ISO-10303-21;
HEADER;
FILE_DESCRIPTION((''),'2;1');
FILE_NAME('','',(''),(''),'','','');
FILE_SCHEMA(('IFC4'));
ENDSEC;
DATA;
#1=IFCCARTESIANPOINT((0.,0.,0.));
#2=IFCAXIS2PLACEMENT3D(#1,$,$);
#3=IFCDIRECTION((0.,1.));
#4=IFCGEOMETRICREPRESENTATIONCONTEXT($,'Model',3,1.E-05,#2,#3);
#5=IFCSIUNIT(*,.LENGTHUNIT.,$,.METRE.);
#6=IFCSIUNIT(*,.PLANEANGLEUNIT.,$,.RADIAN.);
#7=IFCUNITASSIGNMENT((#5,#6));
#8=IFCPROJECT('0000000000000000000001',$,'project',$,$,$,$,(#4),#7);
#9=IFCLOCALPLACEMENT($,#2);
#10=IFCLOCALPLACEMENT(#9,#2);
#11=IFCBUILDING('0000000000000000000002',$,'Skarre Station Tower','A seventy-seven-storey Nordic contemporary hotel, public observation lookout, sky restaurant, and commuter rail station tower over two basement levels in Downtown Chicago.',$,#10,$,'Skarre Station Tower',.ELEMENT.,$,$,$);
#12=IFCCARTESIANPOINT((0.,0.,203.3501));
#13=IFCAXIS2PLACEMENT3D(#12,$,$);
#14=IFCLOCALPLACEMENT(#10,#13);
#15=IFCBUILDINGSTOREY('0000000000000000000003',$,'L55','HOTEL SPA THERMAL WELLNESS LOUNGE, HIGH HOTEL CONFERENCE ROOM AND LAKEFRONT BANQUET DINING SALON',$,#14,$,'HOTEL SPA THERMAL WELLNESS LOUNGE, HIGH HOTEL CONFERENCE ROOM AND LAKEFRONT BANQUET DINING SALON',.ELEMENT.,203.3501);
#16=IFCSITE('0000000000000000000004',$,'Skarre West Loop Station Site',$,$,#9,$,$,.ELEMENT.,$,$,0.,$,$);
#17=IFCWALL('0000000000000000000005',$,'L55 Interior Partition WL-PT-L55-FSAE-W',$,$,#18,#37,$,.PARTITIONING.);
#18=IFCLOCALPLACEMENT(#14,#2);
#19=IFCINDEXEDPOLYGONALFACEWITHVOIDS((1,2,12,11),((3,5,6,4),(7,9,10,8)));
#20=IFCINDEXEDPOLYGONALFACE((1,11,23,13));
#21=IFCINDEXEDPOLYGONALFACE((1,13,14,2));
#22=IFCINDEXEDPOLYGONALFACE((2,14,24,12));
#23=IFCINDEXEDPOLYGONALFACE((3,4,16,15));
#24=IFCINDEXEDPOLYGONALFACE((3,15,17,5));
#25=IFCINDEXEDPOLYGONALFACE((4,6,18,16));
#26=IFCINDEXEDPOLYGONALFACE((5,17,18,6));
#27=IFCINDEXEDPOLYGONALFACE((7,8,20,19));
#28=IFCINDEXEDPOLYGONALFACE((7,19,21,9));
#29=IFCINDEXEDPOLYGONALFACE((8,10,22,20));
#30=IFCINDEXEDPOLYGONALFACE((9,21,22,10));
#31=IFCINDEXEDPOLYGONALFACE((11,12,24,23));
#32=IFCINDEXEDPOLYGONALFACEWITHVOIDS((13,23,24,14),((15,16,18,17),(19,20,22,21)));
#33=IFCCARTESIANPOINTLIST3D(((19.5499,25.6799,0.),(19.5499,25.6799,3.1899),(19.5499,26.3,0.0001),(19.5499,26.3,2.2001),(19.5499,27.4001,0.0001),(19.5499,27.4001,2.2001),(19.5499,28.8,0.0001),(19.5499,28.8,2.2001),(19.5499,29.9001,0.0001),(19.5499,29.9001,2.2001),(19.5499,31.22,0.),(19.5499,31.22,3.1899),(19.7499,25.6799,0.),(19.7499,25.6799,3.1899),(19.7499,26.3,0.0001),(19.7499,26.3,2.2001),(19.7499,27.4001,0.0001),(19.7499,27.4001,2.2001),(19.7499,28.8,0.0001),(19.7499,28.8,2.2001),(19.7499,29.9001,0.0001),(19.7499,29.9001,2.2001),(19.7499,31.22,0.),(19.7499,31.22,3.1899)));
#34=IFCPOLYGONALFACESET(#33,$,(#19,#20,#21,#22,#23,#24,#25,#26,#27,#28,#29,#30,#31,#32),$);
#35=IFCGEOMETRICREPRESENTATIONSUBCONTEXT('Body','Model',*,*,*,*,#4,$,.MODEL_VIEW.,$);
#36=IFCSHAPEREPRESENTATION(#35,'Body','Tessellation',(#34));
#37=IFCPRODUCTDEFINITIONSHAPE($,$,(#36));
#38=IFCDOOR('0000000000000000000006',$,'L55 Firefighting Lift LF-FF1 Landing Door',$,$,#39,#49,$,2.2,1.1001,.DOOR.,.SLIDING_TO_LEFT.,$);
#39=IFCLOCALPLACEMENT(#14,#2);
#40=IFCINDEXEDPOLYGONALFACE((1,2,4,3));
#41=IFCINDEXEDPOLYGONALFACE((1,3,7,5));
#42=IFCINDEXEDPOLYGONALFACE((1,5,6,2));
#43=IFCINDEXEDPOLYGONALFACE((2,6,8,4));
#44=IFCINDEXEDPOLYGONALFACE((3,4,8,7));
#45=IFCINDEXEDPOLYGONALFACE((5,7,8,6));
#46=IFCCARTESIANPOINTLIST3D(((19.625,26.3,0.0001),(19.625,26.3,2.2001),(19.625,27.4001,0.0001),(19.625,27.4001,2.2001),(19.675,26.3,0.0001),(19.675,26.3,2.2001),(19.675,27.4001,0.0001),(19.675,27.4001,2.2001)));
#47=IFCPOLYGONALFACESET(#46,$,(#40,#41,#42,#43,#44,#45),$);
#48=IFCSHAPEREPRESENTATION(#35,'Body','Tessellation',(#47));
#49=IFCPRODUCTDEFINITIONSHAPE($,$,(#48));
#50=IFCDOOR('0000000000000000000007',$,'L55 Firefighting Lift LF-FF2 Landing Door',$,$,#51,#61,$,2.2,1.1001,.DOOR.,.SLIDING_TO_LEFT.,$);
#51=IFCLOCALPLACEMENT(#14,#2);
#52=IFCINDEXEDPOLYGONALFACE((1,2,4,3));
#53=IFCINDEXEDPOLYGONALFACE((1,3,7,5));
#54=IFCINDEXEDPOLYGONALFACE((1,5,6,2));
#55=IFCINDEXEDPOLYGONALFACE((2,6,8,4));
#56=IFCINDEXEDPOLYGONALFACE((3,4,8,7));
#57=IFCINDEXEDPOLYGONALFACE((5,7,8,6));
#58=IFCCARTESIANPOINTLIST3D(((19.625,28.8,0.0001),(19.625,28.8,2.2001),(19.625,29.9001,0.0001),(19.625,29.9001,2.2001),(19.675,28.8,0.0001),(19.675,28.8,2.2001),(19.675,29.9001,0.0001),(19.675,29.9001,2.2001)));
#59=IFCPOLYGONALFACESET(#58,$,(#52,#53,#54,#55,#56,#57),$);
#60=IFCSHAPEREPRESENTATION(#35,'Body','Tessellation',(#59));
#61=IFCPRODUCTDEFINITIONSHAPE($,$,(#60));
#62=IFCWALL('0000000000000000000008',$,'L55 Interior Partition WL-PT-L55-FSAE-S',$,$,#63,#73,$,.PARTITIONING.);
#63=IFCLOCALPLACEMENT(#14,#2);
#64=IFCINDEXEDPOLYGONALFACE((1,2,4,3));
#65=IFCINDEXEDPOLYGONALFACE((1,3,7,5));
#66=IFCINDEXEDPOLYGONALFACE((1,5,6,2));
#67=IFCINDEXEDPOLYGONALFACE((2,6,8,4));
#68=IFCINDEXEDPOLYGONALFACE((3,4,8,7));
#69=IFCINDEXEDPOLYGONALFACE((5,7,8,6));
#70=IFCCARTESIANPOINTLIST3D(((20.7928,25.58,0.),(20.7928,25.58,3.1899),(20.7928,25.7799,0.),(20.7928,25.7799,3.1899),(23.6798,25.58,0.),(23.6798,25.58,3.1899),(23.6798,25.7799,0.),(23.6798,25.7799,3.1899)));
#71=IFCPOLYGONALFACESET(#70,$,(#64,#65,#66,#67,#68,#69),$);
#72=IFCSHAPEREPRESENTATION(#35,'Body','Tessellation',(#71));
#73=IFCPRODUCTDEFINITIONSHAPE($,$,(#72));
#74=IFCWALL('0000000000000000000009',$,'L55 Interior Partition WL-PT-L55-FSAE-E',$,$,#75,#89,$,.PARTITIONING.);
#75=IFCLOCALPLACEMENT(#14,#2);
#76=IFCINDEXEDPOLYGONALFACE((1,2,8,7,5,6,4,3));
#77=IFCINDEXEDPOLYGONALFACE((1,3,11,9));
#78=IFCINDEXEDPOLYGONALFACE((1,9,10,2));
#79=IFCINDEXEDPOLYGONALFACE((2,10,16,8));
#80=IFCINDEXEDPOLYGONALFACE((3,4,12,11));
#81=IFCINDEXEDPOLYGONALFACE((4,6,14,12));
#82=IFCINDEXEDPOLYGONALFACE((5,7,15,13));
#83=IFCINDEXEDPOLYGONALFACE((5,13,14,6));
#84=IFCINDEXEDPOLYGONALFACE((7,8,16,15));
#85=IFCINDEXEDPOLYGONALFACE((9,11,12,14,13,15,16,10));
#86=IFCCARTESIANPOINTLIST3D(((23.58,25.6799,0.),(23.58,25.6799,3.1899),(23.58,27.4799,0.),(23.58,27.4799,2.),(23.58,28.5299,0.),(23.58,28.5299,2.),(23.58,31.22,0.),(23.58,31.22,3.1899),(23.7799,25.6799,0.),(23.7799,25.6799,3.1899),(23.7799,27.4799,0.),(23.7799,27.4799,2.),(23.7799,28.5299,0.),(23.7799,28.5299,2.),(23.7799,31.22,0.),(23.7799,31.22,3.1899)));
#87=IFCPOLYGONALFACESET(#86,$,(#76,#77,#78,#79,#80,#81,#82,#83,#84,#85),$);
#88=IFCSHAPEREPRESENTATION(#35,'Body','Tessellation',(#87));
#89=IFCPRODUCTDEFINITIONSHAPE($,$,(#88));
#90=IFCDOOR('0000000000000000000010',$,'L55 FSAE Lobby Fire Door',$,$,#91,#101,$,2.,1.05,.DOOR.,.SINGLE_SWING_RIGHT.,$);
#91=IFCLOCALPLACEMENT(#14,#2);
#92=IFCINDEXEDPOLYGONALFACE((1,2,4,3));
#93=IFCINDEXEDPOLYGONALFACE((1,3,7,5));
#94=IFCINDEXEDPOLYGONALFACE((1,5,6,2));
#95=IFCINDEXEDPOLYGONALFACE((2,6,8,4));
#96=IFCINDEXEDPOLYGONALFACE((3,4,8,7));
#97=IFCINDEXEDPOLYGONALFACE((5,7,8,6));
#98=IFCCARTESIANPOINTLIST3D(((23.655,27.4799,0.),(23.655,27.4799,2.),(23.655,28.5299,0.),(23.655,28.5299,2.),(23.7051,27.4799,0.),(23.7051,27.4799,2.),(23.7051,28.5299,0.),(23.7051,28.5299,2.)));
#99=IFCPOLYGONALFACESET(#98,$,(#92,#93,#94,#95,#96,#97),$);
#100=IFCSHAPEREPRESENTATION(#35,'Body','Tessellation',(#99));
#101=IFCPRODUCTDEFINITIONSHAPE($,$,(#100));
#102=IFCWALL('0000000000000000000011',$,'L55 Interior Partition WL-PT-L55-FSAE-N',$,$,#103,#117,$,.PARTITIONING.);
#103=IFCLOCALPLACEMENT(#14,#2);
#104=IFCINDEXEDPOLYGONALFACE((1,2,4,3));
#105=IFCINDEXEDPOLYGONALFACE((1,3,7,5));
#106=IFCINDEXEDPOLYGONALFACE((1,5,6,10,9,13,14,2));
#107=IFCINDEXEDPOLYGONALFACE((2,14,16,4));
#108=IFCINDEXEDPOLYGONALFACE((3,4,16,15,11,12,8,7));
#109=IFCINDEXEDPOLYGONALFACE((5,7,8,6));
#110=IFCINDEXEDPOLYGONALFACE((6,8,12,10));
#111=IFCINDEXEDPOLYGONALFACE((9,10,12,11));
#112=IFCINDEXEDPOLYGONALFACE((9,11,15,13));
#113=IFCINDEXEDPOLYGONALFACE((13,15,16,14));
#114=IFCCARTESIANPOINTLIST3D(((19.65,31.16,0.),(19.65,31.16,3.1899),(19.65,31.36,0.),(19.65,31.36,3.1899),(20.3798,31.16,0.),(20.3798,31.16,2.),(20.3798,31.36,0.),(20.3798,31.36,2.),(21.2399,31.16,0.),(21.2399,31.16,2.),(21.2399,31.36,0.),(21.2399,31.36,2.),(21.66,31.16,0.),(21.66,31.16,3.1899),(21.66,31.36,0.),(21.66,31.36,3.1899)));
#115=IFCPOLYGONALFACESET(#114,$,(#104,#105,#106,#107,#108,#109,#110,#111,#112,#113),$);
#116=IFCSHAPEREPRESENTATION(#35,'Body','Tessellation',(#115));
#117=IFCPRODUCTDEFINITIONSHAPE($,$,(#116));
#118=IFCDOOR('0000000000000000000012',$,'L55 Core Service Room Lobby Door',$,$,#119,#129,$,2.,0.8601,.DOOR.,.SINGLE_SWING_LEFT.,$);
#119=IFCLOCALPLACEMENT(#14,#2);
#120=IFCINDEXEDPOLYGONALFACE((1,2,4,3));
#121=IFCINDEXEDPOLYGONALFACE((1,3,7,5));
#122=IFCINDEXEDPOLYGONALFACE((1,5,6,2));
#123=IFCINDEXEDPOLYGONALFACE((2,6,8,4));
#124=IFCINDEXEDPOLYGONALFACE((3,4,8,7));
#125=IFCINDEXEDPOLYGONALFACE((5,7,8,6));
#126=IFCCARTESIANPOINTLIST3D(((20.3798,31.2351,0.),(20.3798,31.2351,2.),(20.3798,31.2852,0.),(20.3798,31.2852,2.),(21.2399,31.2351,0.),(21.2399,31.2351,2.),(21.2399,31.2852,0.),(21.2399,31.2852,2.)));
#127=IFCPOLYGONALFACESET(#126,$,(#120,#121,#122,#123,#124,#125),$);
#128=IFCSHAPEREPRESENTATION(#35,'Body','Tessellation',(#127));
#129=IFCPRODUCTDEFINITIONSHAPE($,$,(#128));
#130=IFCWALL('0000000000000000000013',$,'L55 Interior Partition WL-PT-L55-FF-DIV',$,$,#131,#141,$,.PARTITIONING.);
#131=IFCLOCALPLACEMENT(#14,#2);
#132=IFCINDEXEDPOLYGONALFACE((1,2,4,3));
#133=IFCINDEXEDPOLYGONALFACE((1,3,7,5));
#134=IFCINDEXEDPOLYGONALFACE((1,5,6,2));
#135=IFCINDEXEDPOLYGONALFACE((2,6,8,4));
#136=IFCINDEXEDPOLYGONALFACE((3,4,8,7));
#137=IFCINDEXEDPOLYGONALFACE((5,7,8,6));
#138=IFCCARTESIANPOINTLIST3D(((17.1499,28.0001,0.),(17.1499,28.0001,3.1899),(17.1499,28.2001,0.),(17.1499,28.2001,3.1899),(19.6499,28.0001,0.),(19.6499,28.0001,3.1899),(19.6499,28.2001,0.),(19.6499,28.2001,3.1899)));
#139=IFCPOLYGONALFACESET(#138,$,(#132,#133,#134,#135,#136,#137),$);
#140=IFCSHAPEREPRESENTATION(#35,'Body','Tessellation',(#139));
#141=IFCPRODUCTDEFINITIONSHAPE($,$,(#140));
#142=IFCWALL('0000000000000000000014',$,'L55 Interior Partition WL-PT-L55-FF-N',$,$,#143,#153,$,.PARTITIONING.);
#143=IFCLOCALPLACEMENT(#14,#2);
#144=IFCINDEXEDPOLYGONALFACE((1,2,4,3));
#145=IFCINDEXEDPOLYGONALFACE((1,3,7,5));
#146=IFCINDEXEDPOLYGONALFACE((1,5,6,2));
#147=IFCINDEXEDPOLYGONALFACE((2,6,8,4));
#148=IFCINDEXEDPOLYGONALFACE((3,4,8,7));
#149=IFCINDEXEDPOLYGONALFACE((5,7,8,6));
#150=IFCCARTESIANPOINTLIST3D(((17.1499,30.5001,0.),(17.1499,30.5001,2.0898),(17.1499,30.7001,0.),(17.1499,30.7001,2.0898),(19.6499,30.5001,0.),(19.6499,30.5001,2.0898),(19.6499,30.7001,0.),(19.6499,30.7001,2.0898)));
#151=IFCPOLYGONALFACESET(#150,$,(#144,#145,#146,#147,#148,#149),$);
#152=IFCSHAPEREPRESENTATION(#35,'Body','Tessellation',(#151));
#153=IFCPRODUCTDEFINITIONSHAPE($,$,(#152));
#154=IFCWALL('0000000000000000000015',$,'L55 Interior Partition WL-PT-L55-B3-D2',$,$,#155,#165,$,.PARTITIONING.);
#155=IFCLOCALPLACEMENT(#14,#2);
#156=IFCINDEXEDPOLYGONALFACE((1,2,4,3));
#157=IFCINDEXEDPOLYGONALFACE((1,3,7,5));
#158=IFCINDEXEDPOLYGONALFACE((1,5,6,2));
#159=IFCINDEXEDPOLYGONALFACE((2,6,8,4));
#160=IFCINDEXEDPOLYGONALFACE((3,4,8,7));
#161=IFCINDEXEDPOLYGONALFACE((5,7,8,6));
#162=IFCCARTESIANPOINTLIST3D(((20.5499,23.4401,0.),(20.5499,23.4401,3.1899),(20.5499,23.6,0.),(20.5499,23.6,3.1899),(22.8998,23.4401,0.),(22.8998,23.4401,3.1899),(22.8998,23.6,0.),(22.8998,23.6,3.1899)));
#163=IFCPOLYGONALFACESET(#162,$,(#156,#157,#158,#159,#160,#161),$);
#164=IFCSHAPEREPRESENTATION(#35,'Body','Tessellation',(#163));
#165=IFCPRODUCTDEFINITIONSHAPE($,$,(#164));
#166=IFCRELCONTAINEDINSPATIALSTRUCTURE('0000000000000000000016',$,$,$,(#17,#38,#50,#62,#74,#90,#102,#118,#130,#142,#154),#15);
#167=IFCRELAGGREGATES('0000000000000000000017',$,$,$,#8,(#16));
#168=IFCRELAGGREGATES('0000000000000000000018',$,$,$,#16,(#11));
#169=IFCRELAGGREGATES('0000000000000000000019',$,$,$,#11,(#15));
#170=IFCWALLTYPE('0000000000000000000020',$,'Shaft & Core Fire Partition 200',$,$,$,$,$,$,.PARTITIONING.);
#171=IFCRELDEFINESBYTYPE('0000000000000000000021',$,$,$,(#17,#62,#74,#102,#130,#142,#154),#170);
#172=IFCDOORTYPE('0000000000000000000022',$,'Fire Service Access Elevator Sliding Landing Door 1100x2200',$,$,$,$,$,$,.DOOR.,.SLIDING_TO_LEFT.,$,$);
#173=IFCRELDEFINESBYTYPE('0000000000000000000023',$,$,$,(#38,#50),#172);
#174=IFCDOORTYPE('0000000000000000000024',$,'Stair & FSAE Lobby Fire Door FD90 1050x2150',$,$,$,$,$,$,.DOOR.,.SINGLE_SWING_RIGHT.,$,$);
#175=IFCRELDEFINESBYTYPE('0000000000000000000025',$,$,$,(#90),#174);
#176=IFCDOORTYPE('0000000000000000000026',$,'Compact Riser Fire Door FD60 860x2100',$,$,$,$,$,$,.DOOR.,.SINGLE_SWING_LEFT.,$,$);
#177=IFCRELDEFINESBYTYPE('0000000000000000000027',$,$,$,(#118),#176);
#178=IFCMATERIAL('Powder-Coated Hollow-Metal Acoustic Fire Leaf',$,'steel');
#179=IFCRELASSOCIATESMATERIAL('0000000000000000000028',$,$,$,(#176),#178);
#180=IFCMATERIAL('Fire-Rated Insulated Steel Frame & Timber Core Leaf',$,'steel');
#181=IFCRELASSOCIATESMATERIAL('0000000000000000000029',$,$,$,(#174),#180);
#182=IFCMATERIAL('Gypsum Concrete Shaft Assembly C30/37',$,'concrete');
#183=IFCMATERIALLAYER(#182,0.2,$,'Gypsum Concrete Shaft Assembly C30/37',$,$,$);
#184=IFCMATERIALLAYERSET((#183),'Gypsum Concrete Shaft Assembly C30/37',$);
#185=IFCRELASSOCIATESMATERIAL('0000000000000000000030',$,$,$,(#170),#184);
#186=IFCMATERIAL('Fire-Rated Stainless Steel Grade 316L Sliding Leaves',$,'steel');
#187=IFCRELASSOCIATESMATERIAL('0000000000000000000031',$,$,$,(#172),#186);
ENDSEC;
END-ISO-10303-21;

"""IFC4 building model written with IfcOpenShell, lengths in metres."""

from ifc_helpers import new_model, si_unit, direction, frame, frame_2d, origin, place, context, subcontext, project, spatial, rectangle, extrude, material, layer, layer_set, type_object, element, fill, save


model = new_model("IFC4")

# Units and contexts
model_context = context("Model", 3, precision=1e-05, world=origin(), true_north=direction((0.0, 1.0)))
body_context = subcontext(model_context, "Body", "Model", "MODEL_VIEW")
ifc_project = project(units=[si_unit("LENGTHUNIT", "METRE"), si_unit("PLANEANGLEUNIT", "RADIAN")], contexts=[model_context])

# Site, building, storey
site_placement = place(None, origin())
site = spatial("IfcSite", under=ifc_project, at=site_placement, Name="Skarre West Loop Station Site", CompositionType="ELEMENT", RefElevation=0.0)
building_placement = place(site_placement, origin())
building = spatial("IfcBuilding", under=site, at=building_placement, Name="Skarre Station Tower", Description="A seventy-seven-storey Nordic contemporary hotel, public observation lookout, sky restaurant, and commuter rail station tower over two basement levels in Downtown Chicago.", LongName="Skarre Station Tower", CompositionType="ELEMENT")
storey_placement = place(building_placement, frame((0.0, 0.0, 203.3501)))
storey = spatial("IfcBuildingStorey", under=building, at=storey_placement, Name="L55", Description="HOTEL SPA THERMAL WELLNESS LOUNGE, HIGH HOTEL CONFERENCE ROOM AND LAKEFRONT BANQUET DINING SALON", LongName="HOTEL SPA THERMAL WELLNESS LOUNGE, HIGH HOTEL CONFERENCE ROOM AND LAKEFRONT BANQUET DINING SALON", CompositionType="ELEMENT", Elevation=203.3501)

# Shared definitions
ifc_material_1 = material(Name="Powder-Coated Hollow-Metal Acoustic Fire Leaf", Category="steel")
door_type_1 = type_object("IfcDoorType", Name="Compact Riser Fire Door FD60 860x2100", OperationType="SINGLE_SWING_LEFT", PredefinedType="DOOR", material=ifc_material_1)

# Shared definitions
ifc_material_2 = material(Name="Fire-Rated Insulated Steel Frame & Timber Core Leaf", Category="steel")
door_type_2 = type_object("IfcDoorType", Name="Stair & FSAE Lobby Fire Door FD90 1050x2150", OperationType="SINGLE_SWING_RIGHT", PredefinedType="DOOR", material=ifc_material_2)

# Wall, openings, doors
ifc_material_3 = material(Name="Gypsum Concrete Shaft Assembly C30/37", Category="concrete")
ifc_layer_1 = layer(ifc_material_3, 0.2, Name="Gypsum Concrete Shaft Assembly C30/37")
ifc_layer_set_1 = layer_set([ifc_layer_1], Name="Gypsum Concrete Shaft Assembly C30/37")
wall_type_1 = type_object("IfcWallType", Name="Shaft & Core Fire Partition 200", PredefinedType="PARTITIONING", material=ifc_layer_set_1)
wall_1_placement = place(storey_placement, frame((19.6499, 25.6799, 0.0), z_axis=(0.0, 0.0, 1.0), x_axis=(0.0, 1.0, 0.0)))
wall_1 = element("IfcWall", 1, at=wall_1_placement, inside=storey, type_object=wall_type_1, Name="L55 Interior Partition WL-PT-L55-FSAE-W", PredefinedType="PARTITIONING", context=body_context, shape_type="SweptSolid", body=[
    extrude(rectangle(XDim=5.54, YDim=0.2, at=frame_2d((2.77, 0.0))), origin(), (0.0, 0.0, 1.0), 3.1899),
])
opening_1_placement = place(wall_1_placement, frame((0.6201, 0.0, 0.0)))
opening_1 = element("IfcOpeningElement", 2, at=opening_1_placement, cuts=wall_1, PredefinedType="OPENING", context=body_context, shape_type="SweptSolid", body=[
    extrude(rectangle(XDim=1.1001, YDim=2.2, at=frame_2d((0.55, 1.1001))), frame((0.0, 0.1099, 0.0), z_axis=(0.0, -1.0, 0.0), x_axis=(1.0, 0.0, 0.0)), (0.0, 0.0, 1.0), 0.22),
])
opening_2_placement = place(wall_1_placement, frame((3.1201, 0.0, 0.0)))
opening_2 = element("IfcOpeningElement", 3, at=opening_2_placement, cuts=wall_1, PredefinedType="OPENING", context=body_context, shape_type="SweptSolid", body=[
    extrude(rectangle(XDim=1.1001, YDim=2.2, at=frame_2d((0.55, 1.1001))), frame((0.0, 0.1099, 0.0), z_axis=(0.0, -1.0, 0.0), x_axis=(1.0, 0.0, 0.0)), (0.0, 0.0, 1.0), 0.22),
])
ifc_material_4 = material(Name="Fire-Rated Stainless Steel Grade 316L Sliding Leaves", Category="steel")
door_type_3 = type_object("IfcDoorType", Name="Fire Service Access Elevator Sliding Landing Door 1100x2200", OperationType="SLIDING_TO_LEFT", PredefinedType="DOOR", material=ifc_material_4)
door_1_placement = place(opening_1_placement, origin())
door_1 = element("IfcDoor", 4, at=door_1_placement, inside=storey, type_object=door_type_3, Name="L55 Firefighting Lift LF-FF1 Landing Door", OperationType="SLIDING_TO_LEFT", OverallHeight=2.2, OverallWidth=1.1001, PredefinedType="DOOR", context=body_context, shape_type="SweptSolid", body=[
    extrude(rectangle(XDim=1.1001, YDim=2.2, at=frame_2d((0.55, 1.1001))), frame((0.0, 0.0249, 0.0), z_axis=(0.0, -1.0, 0.0), x_axis=(1.0, 0.0, 0.0)), (0.0, 0.0, 1.0), 0.05),
])
fill(opening_1, door_1)
door_2_placement = place(opening_2_placement, origin())
door_2 = element("IfcDoor", 5, at=door_2_placement, inside=storey, type_object=door_type_3, Name="L55 Firefighting Lift LF-FF2 Landing Door", OperationType="SLIDING_TO_LEFT", OverallHeight=2.2, OverallWidth=1.1001, PredefinedType="DOOR", context=body_context, shape_type="SweptSolid", body=[
    extrude(rectangle(XDim=1.1001, YDim=2.2, at=frame_2d((0.55, 1.1001))), frame((0.0, 0.0249, 0.0), z_axis=(0.0, -1.0, 0.0), x_axis=(1.0, 0.0, 0.0)), (0.0, 0.0, 1.0), 0.05),
])
fill(opening_2, door_2)

# Wall
wall_2_placement = place(storey_placement, frame((20.793, 25.6799, 0.0), z_axis=(0.0, 0.0, 1.0), x_axis=(1.0, 0.0, 0.0)))
element("IfcWall", 6, at=wall_2_placement, inside=storey, type_object=wall_type_1, Name="L55 Interior Partition WL-PT-L55-FSAE-S", PredefinedType="PARTITIONING", context=body_context, shape_type="SweptSolid", body=[
    extrude(rectangle(XDim=2.887, YDim=0.2, at=frame_2d((1.4434, 0.0))), origin(), (0.0, 0.0, 1.0), 3.1899),
])

# Walls, openings, doors
wall_3_placement = place(storey_placement, frame((23.6799, 25.6799, 0.0), z_axis=(0.0, 0.0, 1.0), x_axis=(0.0, 1.0, 0.0)))
wall_3 = element("IfcWall", 7, at=wall_3_placement, inside=storey, type_object=wall_type_1, Name="L55 Interior Partition WL-PT-L55-FSAE-E", PredefinedType="PARTITIONING", context=body_context, shape_type="SweptSolid", body=[
    extrude(rectangle(XDim=5.54, YDim=0.2, at=frame_2d((2.77, 0.0))), origin(), (0.0, 0.0, 1.0), 3.1899),
])
opening_3_placement = place(wall_3_placement, frame((1.8, 0.0, 0.0)))
opening_3 = element("IfcOpeningElement", 8, at=opening_3_placement, cuts=wall_3, PredefinedType="OPENING", context=body_context, shape_type="SweptSolid", body=[
    extrude(rectangle(XDim=1.05, YDim=2.0, at=frame_2d((0.5249, 1.0))), frame((0.0, 0.1099, 0.0), z_axis=(0.0, -1.0, 0.0), x_axis=(1.0, 0.0, 0.0)), (0.0, 0.0, 1.0), 0.22),
])
door_3_placement = place(opening_3_placement, origin())
door_3 = element("IfcDoor", 9, at=door_3_placement, inside=storey, type_object=door_type_2, Name="L55 FSAE Lobby Fire Door", OperationType="SINGLE_SWING_RIGHT", OverallHeight=2.0, OverallWidth=1.05, PredefinedType="DOOR", context=body_context, shape_type="SweptSolid", body=[
    extrude(rectangle(XDim=1.05, YDim=2.0, at=frame_2d((0.5249, 1.0))), frame((0.0, 0.0249, 0.0), z_axis=(0.0, -1.0, 0.0), x_axis=(1.0, 0.0, 0.0)), (0.0, 0.0, 1.0), 0.05),
])
fill(opening_3, door_3)
wall_4_placement = place(storey_placement, frame((21.6599, 31.26, 0.0), z_axis=(0.0, 0.0, 1.0), x_axis=(-1.0, 0.0, 0.0)))
wall_4 = element("IfcWall", 10, at=wall_4_placement, inside=storey, type_object=wall_type_1, Name="L55 Interior Partition WL-PT-L55-FSAE-N", PredefinedType="PARTITIONING", context=body_context, shape_type="SweptSolid", body=[
    extrude(rectangle(XDim=2.01, YDim=0.2, at=frame_2d((1.0049, 0.0))), origin(), (0.0, 0.0, 1.0), 3.1899),
])
opening_4_placement = place(wall_4_placement, frame((0.4199, 0.0, 0.0)))
opening_4 = element("IfcOpeningElement", 11, at=opening_4_placement, cuts=wall_4, PredefinedType="OPENING", context=body_context, shape_type="SweptSolid", body=[
    extrude(rectangle(XDim=0.8601, YDim=2.0, at=frame_2d((0.4302, 1.0))), frame((0.0, 0.1099, 0.0), z_axis=(0.0, -1.0, 0.0), x_axis=(1.0, 0.0, 0.0)), (0.0, 0.0, 1.0), 0.22),
])
door_4_placement = place(opening_4_placement, origin())
door_4 = element("IfcDoor", 12, at=door_4_placement, inside=storey, type_object=door_type_1, Name="L55 Core Service Room Lobby Door", OperationType="SINGLE_SWING_LEFT", OverallHeight=2.0, OverallWidth=0.8601, PredefinedType="DOOR", context=body_context, shape_type="SweptSolid", body=[
    extrude(rectangle(XDim=0.8601, YDim=2.0, at=frame_2d((0.4302, 1.0))), frame((0.0, 0.0249, 0.0), z_axis=(0.0, -1.0, 0.0), x_axis=(1.0, 0.0, 0.0)), (0.0, 0.0, 1.0), 0.05),
])
fill(opening_4, door_4)

# Walls
wall_5_placement = place(storey_placement, frame((17.1499, 28.1001, 0.0), z_axis=(0.0, 0.0, 1.0), x_axis=(1.0, 0.0, 0.0)))
element("IfcWall", 13, at=wall_5_placement, inside=storey, type_object=wall_type_1, Name="L55 Interior Partition WL-PT-L55-FF-DIV", PredefinedType="PARTITIONING", context=body_context, shape_type="SweptSolid", body=[
    extrude(rectangle(XDim=2.5, YDim=0.2, at=frame_2d((1.25, 0.0))), origin(), (0.0, 0.0, 1.0), 3.1899),
])
wall_6_placement = place(storey_placement, frame((19.6499, 30.6001, 0.0), z_axis=(0.0, 0.0, 1.0), x_axis=(-1.0, 0.0, 0.0)))
element("IfcWall", 14, at=wall_6_placement, inside=storey, type_object=wall_type_1, Name="L55 Interior Partition WL-PT-L55-FF-N", PredefinedType="PARTITIONING", context=body_context, shape_type="SweptSolid", body=[
    extrude(rectangle(XDim=2.5, YDim=0.2, at=frame_2d((1.25, 0.0))), origin(), (0.0, 0.0, 1.0), 2.0898),
])
wall_7_placement = place(storey_placement, frame((20.55, 23.52, 0.0), z_axis=(0.0, 0.0, 1.0), x_axis=(1.0, 0.0, 0.0)))
element("IfcWall", 15, at=wall_7_placement, inside=storey, type_object=wall_type_1, Name="L55 Interior Partition WL-PT-L55-B3-D2", PredefinedType="PARTITIONING", context=body_context, shape_type="SweptSolid", body=[
    extrude(rectangle(XDim=2.3499, YDim=0.1599, at=frame_2d((1.1748, 0.0))), origin(), (0.0, 0.0, 1.0), 3.1899),
])

save(model, "model.ifc")
